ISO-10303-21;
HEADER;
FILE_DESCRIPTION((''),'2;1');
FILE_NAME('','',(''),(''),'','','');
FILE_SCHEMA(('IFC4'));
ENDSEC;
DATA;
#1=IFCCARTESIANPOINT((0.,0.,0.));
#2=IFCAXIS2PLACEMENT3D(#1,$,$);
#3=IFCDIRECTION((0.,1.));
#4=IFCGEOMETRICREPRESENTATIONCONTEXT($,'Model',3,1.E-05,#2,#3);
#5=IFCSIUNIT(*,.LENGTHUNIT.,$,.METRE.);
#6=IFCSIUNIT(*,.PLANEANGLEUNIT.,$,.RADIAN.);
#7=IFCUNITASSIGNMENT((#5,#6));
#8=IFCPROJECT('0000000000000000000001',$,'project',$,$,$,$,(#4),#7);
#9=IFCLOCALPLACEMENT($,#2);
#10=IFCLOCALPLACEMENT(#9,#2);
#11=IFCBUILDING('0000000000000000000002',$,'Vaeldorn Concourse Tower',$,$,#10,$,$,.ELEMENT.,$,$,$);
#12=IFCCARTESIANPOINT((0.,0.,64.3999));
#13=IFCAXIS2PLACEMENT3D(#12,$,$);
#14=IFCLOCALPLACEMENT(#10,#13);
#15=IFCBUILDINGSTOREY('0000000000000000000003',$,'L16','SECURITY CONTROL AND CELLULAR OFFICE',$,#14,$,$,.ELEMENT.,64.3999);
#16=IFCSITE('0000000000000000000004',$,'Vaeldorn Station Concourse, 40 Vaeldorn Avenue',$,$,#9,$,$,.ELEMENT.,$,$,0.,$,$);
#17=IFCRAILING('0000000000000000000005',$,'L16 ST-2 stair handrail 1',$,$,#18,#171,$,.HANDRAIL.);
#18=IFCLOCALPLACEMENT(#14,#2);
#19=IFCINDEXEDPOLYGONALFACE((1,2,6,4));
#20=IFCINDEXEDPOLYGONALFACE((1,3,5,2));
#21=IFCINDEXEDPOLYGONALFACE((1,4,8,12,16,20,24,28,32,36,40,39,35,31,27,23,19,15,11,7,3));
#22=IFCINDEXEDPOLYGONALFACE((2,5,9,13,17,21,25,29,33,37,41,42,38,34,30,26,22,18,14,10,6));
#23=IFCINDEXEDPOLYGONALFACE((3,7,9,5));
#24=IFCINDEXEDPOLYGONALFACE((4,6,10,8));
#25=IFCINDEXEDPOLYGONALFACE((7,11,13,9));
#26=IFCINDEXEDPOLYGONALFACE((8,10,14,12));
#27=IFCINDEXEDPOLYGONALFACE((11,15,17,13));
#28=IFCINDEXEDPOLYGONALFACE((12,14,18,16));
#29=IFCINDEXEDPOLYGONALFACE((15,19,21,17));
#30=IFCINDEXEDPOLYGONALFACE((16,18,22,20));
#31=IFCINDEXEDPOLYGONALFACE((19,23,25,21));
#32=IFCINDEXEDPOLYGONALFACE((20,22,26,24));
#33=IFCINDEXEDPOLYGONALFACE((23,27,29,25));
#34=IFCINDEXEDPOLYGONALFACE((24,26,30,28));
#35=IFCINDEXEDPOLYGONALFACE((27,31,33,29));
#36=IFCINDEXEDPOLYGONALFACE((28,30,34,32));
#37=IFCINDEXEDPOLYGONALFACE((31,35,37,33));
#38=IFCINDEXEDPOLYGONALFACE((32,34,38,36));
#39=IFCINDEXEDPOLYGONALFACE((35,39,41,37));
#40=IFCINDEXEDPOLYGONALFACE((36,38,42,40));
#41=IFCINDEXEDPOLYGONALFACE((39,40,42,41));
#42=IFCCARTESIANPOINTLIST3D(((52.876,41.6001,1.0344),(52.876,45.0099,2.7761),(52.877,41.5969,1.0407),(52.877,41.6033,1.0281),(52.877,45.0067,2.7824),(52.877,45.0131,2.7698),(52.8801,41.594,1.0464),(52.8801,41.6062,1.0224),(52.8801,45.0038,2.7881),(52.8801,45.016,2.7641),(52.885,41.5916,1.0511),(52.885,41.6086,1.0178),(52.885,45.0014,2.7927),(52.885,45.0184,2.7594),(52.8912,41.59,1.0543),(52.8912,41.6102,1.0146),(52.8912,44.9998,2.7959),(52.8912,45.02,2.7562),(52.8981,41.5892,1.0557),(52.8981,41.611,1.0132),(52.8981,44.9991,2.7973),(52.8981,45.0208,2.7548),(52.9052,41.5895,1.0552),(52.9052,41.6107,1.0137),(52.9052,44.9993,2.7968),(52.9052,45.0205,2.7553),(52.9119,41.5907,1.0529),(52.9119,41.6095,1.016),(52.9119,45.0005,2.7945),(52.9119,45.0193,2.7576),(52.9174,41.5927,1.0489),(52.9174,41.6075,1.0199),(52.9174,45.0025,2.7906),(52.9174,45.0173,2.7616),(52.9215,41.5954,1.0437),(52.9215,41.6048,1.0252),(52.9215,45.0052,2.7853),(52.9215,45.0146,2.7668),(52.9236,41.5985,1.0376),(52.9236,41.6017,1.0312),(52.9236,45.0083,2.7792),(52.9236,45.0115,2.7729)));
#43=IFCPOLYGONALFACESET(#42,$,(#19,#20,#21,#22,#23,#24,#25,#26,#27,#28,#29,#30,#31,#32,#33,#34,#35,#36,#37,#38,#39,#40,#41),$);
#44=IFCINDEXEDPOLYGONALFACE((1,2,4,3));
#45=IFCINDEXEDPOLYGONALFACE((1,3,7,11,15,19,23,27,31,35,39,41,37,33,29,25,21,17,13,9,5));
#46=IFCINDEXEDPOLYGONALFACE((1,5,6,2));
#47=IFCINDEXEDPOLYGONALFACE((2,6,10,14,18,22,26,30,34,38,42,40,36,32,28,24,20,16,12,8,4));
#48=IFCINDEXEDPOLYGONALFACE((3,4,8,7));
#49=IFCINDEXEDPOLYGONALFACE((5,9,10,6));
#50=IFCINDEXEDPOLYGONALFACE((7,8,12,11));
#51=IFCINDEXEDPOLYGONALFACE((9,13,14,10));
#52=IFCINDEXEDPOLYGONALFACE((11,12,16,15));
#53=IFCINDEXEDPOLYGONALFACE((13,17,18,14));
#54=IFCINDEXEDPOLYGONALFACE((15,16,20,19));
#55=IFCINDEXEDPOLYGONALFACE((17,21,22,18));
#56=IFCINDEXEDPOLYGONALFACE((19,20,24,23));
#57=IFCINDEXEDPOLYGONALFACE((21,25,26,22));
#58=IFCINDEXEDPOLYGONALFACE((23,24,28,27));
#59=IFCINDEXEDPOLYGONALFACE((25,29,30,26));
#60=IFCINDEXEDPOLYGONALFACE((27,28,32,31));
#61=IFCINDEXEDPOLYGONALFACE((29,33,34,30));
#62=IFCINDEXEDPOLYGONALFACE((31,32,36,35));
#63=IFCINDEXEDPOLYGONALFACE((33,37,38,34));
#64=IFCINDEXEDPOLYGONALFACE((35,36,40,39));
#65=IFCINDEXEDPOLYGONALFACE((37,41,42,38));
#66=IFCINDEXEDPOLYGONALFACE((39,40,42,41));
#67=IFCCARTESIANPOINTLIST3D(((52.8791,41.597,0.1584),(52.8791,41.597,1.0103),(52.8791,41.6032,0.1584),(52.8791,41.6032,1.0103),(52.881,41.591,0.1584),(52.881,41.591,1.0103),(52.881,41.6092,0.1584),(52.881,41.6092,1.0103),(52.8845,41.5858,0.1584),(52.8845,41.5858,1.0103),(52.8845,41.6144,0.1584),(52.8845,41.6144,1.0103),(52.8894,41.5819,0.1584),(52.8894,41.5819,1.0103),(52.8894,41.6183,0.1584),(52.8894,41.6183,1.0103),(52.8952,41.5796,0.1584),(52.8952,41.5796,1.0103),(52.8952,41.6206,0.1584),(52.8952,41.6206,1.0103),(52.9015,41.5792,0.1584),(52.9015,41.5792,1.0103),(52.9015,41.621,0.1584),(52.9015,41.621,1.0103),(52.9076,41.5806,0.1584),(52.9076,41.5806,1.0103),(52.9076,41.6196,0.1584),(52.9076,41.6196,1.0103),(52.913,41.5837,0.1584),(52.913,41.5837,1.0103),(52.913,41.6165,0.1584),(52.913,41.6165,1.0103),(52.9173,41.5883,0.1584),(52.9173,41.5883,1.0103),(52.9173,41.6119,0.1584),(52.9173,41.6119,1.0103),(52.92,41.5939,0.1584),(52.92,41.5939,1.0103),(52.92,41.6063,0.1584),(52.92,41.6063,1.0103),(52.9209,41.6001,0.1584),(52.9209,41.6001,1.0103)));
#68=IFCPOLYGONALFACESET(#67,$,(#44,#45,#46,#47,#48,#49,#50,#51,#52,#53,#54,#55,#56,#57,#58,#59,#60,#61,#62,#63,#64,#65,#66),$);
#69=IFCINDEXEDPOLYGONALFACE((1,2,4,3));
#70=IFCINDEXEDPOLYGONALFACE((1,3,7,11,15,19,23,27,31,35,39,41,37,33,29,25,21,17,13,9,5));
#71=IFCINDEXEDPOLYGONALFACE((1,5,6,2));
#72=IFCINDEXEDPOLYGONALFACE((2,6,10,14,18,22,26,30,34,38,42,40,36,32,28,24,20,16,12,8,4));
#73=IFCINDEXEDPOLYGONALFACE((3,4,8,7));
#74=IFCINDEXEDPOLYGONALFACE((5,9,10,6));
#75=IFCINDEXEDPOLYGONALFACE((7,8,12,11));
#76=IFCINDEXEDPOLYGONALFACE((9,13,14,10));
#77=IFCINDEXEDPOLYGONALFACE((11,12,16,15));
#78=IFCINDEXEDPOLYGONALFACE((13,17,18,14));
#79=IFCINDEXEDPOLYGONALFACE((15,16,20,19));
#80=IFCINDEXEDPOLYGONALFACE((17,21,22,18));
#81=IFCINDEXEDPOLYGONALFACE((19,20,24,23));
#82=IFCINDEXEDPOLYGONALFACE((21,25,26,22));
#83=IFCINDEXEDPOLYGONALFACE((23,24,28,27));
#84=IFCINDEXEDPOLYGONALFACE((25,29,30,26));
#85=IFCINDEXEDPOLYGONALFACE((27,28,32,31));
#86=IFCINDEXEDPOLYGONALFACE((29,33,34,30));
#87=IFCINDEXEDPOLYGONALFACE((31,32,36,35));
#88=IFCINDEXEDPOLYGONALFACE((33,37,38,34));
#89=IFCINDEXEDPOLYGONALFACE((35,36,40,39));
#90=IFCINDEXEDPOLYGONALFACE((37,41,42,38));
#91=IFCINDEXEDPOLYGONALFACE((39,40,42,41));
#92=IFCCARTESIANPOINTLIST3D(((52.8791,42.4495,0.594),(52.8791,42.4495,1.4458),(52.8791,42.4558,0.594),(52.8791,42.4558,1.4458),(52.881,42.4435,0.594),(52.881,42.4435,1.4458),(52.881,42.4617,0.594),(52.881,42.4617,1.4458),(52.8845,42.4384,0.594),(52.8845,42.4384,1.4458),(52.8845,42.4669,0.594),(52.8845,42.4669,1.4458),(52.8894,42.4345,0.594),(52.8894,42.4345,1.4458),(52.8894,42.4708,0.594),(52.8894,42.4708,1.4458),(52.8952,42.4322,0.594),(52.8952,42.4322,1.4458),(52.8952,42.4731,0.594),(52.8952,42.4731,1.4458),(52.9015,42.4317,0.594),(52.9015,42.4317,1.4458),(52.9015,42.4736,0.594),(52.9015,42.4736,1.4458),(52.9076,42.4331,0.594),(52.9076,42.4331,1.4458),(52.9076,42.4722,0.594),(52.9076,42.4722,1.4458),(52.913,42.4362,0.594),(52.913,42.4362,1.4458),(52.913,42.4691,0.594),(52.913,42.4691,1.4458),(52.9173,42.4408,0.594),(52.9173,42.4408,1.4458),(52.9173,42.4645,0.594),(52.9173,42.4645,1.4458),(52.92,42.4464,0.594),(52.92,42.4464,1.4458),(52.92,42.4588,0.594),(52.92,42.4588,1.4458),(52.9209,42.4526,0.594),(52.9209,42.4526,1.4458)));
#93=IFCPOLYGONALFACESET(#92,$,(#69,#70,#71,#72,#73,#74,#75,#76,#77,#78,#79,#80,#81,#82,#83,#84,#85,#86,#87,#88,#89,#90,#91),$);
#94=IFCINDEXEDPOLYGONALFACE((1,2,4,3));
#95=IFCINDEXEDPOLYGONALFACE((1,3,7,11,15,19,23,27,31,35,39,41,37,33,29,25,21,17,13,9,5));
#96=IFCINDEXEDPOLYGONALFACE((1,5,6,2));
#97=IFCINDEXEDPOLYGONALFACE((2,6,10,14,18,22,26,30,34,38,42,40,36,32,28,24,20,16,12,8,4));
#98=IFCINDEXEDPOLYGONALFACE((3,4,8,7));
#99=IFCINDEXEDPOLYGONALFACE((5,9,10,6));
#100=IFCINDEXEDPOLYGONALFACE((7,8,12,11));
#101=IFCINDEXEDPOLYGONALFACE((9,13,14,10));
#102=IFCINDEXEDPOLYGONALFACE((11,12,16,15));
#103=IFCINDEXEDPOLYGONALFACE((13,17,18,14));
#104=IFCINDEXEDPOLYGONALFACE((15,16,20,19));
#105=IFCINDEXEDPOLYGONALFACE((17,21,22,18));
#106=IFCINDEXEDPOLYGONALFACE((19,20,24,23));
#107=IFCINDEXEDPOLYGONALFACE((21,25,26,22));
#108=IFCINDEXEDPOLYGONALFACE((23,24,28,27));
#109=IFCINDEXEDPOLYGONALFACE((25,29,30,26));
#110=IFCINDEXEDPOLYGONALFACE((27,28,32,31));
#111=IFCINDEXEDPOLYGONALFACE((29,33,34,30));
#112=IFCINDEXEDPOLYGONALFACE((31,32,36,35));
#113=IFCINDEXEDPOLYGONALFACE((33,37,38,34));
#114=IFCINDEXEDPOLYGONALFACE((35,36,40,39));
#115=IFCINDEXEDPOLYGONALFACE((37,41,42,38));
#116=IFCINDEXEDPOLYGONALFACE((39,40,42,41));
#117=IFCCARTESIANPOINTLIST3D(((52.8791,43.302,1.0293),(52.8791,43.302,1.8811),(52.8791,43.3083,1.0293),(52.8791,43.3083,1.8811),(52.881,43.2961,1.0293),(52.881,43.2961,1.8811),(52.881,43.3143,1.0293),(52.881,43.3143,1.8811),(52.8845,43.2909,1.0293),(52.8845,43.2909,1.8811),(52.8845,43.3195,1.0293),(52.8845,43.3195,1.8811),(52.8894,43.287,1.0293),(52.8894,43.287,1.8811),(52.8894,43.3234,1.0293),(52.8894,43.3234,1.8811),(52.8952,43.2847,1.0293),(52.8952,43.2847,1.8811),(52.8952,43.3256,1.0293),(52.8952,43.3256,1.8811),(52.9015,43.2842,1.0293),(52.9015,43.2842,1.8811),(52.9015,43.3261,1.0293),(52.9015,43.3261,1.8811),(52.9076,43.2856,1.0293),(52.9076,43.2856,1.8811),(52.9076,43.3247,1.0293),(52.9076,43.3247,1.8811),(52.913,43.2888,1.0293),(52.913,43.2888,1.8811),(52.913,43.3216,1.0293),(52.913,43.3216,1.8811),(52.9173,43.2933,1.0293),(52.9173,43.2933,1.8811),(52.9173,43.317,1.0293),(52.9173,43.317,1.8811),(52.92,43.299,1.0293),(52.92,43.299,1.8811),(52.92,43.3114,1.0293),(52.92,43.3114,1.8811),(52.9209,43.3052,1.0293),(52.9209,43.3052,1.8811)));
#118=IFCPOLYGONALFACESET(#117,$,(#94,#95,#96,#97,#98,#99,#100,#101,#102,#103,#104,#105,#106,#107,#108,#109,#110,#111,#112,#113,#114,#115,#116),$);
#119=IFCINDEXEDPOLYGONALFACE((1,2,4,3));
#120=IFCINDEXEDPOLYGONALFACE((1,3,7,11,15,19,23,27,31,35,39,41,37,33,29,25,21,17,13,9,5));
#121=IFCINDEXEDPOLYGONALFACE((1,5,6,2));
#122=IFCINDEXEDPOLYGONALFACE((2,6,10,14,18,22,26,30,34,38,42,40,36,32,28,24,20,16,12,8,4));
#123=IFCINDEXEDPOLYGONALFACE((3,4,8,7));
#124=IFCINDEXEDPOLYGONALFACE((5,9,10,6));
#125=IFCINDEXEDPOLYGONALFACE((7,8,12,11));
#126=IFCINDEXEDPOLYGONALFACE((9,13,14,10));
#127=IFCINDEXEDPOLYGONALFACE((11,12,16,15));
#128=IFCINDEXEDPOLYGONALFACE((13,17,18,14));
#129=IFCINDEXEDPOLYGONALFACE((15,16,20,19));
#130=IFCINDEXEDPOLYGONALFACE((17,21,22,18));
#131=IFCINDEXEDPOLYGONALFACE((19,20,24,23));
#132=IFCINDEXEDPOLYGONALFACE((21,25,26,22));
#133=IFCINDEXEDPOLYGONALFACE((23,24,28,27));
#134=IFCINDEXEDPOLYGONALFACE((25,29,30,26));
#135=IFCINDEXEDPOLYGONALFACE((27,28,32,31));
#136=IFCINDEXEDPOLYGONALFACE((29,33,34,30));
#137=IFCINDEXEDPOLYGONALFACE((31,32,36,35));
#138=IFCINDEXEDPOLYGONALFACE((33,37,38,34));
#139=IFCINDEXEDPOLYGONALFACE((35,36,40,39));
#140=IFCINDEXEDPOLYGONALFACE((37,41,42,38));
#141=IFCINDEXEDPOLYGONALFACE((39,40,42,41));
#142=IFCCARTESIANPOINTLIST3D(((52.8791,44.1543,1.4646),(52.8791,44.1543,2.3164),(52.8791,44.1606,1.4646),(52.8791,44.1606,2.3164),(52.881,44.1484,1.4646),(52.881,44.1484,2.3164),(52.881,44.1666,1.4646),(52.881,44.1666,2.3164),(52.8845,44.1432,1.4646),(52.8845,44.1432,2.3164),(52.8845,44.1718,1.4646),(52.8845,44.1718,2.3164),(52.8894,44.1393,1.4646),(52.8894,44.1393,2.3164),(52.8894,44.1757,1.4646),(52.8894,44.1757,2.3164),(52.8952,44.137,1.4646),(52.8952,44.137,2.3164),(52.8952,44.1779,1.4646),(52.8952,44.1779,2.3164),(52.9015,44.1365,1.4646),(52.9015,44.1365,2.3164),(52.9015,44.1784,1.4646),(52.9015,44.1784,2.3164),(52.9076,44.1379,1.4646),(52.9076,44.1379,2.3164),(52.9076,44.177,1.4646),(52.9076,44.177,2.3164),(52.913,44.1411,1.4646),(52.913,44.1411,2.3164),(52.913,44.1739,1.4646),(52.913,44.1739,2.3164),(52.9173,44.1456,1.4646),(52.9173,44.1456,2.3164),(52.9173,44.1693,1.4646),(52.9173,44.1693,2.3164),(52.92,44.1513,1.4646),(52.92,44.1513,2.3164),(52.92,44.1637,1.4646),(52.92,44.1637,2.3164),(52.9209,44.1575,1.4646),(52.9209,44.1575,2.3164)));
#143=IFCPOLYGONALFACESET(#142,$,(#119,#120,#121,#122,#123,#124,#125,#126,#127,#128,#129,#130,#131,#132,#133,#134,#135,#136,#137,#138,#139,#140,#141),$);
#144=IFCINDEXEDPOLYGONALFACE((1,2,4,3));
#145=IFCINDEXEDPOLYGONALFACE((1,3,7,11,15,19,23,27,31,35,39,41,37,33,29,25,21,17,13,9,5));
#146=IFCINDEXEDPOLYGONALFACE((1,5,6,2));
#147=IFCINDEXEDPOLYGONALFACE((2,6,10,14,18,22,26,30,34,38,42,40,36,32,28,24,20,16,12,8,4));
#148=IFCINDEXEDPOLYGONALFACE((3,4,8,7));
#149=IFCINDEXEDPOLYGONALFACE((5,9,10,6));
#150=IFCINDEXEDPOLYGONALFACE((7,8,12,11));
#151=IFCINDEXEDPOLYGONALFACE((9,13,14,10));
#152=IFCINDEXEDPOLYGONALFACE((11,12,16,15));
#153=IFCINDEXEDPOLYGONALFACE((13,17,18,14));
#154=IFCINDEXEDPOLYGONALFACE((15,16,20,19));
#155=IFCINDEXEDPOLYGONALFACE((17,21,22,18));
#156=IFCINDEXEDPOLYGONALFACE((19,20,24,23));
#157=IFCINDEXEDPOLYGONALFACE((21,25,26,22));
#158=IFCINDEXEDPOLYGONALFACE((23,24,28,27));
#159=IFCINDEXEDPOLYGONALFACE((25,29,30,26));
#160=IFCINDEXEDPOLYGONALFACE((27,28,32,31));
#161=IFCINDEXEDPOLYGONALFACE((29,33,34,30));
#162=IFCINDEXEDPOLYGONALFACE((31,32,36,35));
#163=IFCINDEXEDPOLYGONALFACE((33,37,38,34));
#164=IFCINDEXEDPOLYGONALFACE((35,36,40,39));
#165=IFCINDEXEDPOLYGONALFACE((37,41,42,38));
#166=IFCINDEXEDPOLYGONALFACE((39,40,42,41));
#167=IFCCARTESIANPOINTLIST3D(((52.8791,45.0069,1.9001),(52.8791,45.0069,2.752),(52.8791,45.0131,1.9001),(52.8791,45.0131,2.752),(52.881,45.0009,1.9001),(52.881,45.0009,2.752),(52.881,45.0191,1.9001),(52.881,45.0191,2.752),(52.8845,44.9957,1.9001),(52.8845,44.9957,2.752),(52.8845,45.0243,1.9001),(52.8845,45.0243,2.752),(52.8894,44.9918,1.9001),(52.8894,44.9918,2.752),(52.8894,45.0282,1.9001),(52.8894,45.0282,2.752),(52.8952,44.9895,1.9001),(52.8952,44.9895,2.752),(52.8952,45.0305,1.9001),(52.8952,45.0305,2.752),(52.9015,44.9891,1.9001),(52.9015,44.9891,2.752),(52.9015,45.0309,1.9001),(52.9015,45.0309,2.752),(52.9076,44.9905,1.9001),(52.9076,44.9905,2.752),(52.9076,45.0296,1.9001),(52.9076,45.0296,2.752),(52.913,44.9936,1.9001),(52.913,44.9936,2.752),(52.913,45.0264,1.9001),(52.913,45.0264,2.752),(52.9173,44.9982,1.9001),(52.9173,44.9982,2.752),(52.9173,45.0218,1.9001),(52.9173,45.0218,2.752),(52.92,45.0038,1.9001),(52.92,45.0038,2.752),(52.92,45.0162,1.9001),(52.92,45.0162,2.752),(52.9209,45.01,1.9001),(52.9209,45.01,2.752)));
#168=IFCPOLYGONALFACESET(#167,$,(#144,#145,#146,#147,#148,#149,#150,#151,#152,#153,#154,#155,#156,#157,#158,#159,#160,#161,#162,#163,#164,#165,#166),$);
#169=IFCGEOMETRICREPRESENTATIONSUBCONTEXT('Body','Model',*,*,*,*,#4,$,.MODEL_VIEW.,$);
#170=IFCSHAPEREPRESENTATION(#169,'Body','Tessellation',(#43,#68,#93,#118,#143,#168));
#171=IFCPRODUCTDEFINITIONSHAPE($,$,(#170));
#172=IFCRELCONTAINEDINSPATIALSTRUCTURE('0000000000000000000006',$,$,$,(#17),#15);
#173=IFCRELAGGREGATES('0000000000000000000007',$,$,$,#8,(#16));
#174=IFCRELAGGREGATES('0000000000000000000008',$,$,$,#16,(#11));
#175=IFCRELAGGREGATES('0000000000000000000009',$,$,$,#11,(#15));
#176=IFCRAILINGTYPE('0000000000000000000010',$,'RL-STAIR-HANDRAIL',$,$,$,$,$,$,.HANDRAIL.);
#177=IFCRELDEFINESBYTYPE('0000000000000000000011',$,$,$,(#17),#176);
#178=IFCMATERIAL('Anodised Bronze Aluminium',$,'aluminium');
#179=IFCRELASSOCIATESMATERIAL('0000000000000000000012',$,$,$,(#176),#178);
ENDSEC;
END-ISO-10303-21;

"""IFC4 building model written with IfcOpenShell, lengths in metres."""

from ifc_helpers import new_model, si_unit, direction, frame, origin, origin_2d, place, context, subcontext, project, spatial, circle, extrude, material, type_object, element, save


model = new_model("IFC4")

# Units and contexts
model_context = context("Model", 3, precision=1e-05, world=origin(), true_north=direction((0.0, 1.0)))
body_context = subcontext(model_context, "Body", "Model", "MODEL_VIEW")
ifc_project = project(units=[si_unit("LENGTHUNIT", "METRE"), si_unit("PLANEANGLEUNIT", "RADIAN")], contexts=[model_context])

# Site, building, storey
site_placement = place(None, origin())
site = spatial("IfcSite", under=ifc_project, at=site_placement, Name="Vaeldorn Station Concourse, 40 Vaeldorn Avenue", CompositionType="ELEMENT", RefElevation=0.0)
building_placement = place(site_placement, origin())
building = spatial("IfcBuilding", under=site, at=building_placement, Name="Vaeldorn Concourse Tower", CompositionType="ELEMENT")
storey_placement = place(building_placement, frame((0.0, 0.0, 64.3999)))
storey = spatial("IfcBuildingStorey", under=building, at=storey_placement, Name="L16", Description="SECURITY CONTROL AND CELLULAR OFFICE", CompositionType="ELEMENT", Elevation=64.3999)

# Shared definitions
ifc_material_1 = material(Name="Anodised Bronze Aluminium", Category="aluminium")

# Railing
railing_type_1 = type_object("IfcRailingType", Name="RL-STAIR-HANDRAIL", PredefinedType="HANDRAIL", material=ifc_material_1)
railing_1_placement = place(storey_placement, frame((52.8999, 41.6001, 0.1584)))
element("IfcRailing", 1, at=railing_1_placement, inside=storey, type_object=railing_type_1, Name="L16 ST-2 stair handrail 1", PredefinedType="HANDRAIL", context=body_context, shape_type="SweptSolid", body=[
    extrude(circle(Radius=0.0239, at=origin_2d()), frame((0.0, 0.0, 0.876), z_axis=(0.0, 0.890556, 0.454874), x_axis=(-1.0, 0.0, 0.0)), (0.0, 0.0, 1.0), 3.8289),
    extrude(circle(Radius=0.021, at=origin_2d()), origin(), (0.0, 0.0, 1.0), 0.8518),
    extrude(circle(Radius=0.021, at=origin_2d()), frame((0.0, 0.8525, 0.4355)), (0.0, 0.0, 1.0), 0.8518),
    extrude(circle(Radius=0.021, at=origin_2d()), frame((0.0, 1.7051, 0.8708)), (0.0, 0.0, 1.0), 0.8518),
    extrude(circle(Radius=0.021, at=origin_2d()), frame((0.0, 2.5574, 1.3062)), (0.0, 0.0, 1.0), 0.8518),
    extrude(circle(Radius=0.021, at=origin_2d()), frame((0.0, 3.4099, 1.7417)), (0.0, 0.0, 1.0), 0.8518),
])

save(model, "model.ifc")
